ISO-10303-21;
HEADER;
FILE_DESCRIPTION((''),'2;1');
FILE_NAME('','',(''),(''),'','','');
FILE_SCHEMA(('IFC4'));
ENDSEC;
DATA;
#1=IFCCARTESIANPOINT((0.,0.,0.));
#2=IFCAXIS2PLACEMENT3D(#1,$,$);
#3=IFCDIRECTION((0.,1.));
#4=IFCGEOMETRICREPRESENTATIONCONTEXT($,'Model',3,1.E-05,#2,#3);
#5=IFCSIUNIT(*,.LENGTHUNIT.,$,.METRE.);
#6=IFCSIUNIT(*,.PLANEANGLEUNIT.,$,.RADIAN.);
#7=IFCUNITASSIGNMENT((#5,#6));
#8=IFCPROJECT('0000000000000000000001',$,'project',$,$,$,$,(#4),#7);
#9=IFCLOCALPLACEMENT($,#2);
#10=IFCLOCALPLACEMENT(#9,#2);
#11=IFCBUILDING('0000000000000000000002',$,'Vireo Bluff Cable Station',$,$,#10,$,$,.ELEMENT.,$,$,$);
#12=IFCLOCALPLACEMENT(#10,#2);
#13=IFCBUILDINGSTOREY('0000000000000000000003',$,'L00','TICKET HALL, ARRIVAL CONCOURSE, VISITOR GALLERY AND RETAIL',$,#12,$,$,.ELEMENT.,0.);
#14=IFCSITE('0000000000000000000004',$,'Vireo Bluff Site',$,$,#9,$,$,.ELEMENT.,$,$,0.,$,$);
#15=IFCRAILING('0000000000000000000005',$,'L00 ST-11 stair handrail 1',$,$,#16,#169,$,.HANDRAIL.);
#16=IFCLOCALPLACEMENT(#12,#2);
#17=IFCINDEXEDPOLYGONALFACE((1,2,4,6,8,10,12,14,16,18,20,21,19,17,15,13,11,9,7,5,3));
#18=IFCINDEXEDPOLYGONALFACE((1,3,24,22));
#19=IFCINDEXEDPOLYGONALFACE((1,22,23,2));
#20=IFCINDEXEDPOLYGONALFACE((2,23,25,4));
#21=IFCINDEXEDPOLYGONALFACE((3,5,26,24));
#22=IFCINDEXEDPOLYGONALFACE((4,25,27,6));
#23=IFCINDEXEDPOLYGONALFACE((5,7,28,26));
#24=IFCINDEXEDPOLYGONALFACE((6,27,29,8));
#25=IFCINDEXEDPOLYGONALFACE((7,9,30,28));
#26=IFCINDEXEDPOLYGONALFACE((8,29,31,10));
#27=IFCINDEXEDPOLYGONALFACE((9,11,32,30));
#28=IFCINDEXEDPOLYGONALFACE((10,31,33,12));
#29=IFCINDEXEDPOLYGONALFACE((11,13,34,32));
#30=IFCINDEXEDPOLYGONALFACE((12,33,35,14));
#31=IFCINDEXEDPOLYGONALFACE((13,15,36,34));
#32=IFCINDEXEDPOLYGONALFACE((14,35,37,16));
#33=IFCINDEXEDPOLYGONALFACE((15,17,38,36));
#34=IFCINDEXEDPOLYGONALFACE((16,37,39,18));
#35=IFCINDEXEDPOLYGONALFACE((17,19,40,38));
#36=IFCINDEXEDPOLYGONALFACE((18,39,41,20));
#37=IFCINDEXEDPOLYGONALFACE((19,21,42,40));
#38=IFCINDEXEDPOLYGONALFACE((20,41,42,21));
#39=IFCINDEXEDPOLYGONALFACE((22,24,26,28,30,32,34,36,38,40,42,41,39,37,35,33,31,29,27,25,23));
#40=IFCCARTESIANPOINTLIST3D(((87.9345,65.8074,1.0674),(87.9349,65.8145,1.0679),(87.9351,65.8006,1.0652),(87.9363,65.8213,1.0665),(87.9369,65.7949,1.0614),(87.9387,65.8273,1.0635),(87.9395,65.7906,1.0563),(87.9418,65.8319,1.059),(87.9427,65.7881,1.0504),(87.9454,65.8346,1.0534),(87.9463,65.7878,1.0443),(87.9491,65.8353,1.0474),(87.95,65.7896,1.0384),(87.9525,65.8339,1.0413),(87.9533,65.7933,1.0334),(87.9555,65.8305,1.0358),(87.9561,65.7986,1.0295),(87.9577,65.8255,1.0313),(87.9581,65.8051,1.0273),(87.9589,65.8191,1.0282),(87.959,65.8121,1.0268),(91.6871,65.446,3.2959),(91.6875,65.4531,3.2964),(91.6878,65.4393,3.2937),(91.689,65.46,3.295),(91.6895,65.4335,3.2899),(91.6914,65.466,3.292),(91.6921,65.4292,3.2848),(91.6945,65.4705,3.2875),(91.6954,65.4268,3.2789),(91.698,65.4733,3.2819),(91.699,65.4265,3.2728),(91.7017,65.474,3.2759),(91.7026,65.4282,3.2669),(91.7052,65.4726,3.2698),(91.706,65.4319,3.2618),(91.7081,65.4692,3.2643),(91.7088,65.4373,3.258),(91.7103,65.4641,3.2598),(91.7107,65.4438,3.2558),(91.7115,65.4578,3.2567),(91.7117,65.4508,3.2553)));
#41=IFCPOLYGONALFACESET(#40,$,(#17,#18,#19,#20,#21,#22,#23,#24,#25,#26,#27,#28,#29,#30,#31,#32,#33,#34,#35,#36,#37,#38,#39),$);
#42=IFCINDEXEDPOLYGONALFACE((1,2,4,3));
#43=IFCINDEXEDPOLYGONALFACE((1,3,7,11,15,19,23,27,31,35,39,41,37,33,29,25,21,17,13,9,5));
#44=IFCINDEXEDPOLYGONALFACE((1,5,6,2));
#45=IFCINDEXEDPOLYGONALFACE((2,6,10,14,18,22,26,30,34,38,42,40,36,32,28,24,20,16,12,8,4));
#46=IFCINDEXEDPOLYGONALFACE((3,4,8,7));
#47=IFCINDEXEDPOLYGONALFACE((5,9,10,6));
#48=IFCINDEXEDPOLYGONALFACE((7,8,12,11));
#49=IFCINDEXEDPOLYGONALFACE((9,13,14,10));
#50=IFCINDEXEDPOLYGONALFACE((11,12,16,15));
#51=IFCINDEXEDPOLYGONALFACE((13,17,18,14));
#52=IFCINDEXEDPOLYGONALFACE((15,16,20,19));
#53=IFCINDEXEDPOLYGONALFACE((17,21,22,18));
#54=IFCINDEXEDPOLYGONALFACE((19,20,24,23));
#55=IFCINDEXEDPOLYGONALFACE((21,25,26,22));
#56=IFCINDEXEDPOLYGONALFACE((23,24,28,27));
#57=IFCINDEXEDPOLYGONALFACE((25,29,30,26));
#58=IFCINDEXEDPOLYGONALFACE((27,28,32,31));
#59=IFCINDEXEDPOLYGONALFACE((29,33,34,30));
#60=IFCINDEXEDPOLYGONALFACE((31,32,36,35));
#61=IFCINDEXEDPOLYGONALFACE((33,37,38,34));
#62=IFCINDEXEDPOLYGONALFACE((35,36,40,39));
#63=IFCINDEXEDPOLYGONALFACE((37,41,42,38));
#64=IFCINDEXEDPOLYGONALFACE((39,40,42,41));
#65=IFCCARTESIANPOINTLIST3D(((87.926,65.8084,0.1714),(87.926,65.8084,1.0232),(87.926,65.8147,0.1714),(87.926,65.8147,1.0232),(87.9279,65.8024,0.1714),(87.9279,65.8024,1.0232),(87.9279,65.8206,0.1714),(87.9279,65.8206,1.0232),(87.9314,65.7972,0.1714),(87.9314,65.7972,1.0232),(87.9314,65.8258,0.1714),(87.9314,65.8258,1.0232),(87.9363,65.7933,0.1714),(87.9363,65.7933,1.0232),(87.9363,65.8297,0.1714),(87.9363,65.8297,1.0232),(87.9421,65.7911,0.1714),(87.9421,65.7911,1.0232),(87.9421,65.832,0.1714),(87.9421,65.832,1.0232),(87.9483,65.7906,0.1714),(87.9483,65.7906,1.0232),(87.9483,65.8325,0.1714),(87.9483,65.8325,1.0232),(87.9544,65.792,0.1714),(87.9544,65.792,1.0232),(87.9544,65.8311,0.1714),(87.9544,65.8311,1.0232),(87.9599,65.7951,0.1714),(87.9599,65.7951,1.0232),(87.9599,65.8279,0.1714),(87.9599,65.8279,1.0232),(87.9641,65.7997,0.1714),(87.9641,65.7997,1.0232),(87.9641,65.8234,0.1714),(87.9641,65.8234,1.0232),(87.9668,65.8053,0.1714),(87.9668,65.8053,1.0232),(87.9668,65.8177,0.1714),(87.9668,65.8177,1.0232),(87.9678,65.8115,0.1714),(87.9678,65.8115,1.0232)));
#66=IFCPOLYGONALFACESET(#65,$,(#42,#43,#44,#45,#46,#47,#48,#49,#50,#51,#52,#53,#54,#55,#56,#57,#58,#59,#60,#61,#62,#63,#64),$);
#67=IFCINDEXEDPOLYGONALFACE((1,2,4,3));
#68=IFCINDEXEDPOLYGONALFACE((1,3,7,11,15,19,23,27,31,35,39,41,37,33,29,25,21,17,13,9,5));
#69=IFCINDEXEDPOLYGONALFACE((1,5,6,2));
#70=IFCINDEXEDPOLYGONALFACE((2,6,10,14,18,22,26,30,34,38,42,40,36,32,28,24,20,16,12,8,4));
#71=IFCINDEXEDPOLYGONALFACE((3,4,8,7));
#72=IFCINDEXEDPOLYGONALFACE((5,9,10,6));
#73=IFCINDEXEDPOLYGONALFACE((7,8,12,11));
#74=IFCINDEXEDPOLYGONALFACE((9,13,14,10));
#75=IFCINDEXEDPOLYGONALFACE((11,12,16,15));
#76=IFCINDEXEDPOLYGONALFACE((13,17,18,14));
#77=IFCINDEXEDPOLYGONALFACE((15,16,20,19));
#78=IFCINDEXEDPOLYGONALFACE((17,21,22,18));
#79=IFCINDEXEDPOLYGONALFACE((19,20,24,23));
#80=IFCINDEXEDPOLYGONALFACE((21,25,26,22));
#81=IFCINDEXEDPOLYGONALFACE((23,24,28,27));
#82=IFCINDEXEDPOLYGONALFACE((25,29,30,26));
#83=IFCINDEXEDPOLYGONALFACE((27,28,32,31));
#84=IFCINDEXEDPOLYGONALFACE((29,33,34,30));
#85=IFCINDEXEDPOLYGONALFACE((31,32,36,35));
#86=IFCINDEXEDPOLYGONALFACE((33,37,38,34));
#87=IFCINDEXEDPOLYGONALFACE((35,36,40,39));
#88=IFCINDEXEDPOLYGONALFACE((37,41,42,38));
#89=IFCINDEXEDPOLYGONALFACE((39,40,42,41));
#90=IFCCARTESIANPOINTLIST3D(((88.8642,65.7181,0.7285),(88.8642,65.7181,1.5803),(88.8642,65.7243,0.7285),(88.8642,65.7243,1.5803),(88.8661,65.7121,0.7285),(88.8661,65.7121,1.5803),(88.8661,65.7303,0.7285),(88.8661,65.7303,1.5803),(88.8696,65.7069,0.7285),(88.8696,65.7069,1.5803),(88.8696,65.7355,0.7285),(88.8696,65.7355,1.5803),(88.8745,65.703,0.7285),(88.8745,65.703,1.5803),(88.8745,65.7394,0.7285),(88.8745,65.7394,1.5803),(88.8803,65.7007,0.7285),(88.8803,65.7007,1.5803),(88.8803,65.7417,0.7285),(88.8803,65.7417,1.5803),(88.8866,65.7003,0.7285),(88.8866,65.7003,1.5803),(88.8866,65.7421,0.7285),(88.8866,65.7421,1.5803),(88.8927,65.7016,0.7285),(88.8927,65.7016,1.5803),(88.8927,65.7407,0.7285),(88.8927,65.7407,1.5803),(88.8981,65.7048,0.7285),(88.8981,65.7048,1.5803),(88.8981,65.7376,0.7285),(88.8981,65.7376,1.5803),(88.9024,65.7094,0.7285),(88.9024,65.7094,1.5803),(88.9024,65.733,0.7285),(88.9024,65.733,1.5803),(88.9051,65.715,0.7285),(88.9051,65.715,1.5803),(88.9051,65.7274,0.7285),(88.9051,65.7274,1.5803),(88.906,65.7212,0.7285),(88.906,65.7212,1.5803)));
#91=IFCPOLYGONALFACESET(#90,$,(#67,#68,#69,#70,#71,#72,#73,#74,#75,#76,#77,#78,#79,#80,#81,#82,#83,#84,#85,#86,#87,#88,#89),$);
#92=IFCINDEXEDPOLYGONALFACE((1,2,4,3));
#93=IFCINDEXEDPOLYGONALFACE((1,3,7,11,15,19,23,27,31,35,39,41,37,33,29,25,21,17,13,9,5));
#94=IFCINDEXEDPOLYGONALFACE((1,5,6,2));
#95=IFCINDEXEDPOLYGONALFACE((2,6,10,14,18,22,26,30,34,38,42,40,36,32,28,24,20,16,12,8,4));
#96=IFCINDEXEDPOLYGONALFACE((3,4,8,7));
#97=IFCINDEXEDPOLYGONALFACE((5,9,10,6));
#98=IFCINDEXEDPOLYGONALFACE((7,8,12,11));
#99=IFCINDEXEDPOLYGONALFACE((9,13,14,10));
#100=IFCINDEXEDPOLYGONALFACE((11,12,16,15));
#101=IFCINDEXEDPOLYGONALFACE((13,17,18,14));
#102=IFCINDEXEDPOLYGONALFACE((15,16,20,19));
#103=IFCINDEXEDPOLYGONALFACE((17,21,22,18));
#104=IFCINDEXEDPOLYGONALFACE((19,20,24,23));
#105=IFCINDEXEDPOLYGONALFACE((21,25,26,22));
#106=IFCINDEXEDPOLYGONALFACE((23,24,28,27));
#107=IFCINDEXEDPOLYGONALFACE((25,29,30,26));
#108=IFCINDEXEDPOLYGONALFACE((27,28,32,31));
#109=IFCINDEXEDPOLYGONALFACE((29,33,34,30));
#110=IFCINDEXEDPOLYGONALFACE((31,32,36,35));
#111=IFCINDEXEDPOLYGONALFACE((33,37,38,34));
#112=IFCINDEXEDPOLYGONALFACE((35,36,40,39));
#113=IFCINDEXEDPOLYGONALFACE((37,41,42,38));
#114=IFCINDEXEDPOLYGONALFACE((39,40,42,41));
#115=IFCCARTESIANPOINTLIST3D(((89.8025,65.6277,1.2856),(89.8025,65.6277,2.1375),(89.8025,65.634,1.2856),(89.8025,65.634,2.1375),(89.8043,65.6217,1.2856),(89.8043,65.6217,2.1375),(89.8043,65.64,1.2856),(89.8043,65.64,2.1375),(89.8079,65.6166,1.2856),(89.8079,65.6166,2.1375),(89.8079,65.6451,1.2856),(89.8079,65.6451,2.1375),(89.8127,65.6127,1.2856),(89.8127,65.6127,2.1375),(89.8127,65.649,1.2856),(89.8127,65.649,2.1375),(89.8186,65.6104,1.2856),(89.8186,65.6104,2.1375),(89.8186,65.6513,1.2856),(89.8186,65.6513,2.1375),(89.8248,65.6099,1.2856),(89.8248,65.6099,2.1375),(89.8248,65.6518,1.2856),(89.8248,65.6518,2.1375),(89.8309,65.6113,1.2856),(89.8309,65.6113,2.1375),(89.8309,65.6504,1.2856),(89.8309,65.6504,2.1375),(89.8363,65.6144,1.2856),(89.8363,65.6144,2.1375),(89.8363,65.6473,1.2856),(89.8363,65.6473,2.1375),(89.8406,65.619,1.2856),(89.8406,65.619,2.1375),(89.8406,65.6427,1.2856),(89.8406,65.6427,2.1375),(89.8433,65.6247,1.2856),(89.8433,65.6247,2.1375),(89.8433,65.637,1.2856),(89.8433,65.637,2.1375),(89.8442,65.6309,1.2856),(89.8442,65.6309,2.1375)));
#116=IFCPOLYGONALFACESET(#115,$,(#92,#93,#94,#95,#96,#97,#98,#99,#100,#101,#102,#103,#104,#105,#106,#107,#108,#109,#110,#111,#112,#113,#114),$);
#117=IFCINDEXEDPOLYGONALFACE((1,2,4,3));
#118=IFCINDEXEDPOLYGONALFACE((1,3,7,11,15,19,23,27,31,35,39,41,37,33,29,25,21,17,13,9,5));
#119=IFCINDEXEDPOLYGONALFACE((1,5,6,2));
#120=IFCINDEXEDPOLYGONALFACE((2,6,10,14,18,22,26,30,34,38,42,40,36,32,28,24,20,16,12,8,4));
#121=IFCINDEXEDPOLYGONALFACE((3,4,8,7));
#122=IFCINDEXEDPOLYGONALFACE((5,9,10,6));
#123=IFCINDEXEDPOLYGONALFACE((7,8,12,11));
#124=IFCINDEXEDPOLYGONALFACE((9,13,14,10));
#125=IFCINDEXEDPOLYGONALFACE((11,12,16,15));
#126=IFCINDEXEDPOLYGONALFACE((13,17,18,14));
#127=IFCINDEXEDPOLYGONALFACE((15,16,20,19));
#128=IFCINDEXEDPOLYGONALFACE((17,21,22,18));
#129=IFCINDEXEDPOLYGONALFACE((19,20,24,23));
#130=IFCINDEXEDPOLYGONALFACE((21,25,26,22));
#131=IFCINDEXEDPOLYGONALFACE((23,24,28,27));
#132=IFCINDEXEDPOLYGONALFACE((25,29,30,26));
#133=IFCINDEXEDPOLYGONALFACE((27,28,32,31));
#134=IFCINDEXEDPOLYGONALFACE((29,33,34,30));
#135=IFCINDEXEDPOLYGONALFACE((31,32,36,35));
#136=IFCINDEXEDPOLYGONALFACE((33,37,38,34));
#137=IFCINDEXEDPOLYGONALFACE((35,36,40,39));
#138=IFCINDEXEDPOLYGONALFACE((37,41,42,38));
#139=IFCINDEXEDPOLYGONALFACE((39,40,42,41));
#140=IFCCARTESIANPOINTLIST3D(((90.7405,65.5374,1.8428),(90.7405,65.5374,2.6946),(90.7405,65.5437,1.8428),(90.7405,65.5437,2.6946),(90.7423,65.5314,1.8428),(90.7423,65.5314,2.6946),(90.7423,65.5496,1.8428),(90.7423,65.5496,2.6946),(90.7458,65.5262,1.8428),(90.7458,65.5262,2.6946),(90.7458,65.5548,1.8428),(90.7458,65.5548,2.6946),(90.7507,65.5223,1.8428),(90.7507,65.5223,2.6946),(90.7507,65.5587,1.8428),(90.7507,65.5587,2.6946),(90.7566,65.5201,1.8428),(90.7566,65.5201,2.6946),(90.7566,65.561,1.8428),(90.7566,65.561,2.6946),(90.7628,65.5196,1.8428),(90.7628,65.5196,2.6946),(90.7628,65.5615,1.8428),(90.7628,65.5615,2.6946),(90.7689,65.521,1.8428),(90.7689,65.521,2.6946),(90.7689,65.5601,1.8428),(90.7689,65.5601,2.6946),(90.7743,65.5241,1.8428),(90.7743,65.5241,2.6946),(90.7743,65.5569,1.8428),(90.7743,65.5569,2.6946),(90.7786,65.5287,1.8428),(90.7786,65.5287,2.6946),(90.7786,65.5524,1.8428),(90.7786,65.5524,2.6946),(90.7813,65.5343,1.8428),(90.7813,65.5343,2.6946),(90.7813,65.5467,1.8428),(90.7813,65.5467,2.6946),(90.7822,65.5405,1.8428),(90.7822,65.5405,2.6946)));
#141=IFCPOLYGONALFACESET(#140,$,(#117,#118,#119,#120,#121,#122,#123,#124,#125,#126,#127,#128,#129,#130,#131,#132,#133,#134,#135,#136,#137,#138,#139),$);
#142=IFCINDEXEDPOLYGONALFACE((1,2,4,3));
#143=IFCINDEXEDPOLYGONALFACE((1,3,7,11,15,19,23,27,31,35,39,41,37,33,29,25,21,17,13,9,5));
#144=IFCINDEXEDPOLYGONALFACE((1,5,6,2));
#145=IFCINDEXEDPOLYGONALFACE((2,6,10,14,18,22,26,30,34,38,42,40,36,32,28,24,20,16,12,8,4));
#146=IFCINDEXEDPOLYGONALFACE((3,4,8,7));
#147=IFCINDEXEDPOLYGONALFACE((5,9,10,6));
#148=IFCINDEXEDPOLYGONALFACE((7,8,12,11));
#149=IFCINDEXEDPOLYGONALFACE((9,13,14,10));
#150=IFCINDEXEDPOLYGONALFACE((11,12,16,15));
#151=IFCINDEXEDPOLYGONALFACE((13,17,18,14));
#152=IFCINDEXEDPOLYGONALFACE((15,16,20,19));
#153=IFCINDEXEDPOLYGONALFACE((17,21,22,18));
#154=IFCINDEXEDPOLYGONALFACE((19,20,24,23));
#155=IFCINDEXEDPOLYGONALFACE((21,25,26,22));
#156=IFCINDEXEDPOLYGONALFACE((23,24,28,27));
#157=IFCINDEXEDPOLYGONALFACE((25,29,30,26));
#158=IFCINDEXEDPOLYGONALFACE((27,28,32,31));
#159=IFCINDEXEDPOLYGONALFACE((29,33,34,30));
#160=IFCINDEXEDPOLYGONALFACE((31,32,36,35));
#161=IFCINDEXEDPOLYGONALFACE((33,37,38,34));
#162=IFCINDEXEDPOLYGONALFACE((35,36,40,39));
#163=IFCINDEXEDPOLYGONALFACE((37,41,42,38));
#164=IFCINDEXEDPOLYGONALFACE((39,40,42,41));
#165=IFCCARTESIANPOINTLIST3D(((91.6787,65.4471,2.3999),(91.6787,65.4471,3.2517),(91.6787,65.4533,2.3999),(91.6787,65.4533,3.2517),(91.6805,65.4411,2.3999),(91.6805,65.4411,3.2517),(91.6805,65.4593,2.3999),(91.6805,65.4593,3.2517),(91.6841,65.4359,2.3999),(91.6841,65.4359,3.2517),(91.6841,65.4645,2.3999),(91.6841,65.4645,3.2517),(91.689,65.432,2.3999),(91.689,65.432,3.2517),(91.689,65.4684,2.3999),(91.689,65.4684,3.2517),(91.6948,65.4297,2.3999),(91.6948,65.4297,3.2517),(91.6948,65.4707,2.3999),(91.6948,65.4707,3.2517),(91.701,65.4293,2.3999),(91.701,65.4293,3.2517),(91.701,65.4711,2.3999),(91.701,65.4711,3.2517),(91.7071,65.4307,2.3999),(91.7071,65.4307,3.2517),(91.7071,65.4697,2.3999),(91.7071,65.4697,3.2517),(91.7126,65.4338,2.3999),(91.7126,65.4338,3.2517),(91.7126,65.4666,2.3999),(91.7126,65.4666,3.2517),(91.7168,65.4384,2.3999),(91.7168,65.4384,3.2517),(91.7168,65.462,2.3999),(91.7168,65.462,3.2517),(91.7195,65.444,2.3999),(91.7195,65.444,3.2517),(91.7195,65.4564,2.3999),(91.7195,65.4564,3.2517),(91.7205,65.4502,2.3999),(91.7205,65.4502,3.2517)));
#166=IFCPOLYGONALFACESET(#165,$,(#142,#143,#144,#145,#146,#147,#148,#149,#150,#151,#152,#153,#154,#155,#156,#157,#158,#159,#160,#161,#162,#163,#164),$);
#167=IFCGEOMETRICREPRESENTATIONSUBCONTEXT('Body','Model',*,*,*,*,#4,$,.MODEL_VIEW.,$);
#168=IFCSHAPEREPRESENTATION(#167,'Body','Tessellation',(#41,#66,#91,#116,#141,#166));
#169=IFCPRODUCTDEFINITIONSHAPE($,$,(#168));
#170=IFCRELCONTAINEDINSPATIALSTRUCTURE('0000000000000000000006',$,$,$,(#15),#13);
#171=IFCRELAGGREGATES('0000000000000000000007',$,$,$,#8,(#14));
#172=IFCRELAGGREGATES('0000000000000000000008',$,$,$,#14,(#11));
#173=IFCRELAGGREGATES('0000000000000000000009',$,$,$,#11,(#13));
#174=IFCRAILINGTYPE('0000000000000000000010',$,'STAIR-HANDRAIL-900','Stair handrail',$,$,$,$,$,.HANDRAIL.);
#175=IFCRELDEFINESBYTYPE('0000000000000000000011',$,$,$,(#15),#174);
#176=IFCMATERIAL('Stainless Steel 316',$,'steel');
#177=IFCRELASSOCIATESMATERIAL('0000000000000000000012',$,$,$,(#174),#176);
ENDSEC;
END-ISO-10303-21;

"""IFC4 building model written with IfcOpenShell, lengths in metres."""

from ifc_helpers import new_model, si_unit, direction, frame, origin, origin_2d, place, context, subcontext, project, spatial, circle, extrude, material, type_object, element, save


model = new_model("IFC4")

# Units and contexts
model_context = context("Model", 3, precision=1e-05, world=origin(), true_north=direction((0.0, 1.0)))
body_context = subcontext(model_context, "Body", "Model", "MODEL_VIEW")
ifc_project = project(units=[si_unit("LENGTHUNIT", "METRE"), si_unit("PLANEANGLEUNIT", "RADIAN")], contexts=[model_context])

# Site, building, storey
site_placement = place(None, origin())
site = spatial("IfcSite", under=ifc_project, at=site_placement, Name="Vireo Bluff Site", CompositionType="ELEMENT", RefElevation=0.0)
building_placement = place(site_placement, origin())
building = spatial("IfcBuilding", under=site, at=building_placement, Name="Vireo Bluff Cable Station", CompositionType="ELEMENT")
storey_placement = place(building_placement, origin())
storey = spatial("IfcBuildingStorey", under=building, at=storey_placement, Name="L00", Description="TICKET HALL, ARRIVAL CONCOURSE, VISITOR GALLERY AND RETAIL", CompositionType="ELEMENT", Elevation=0.0)

# Railing
ifc_material_1 = material(Name="Stainless Steel 316", Category="steel")
railing_type_1 = type_object("IfcRailingType", Name="STAIR-HANDRAIL-900", Description="Stair handrail", PredefinedType="HANDRAIL", material=ifc_material_1)
railing_1_placement = place(storey_placement, frame((87.9468, 65.8115, 0.1714)))
element("IfcRailing", 1, at=railing_1_placement, inside=storey, type_object=railing_type_1, Name="L00 ST-11 stair handrail 1", PredefinedType="HANDRAIL", context=body_context, shape_type="SweptSolid", body=[
    extrude(circle(Radius=0.0239, at=origin_2d()), frame((0.0, 0.0, 0.876), z_axis=(0.856887, -0.082506, 0.508859), x_axis=(0.095842, 0.995397, 0.0)), (0.0, 0.0, 1.0), 4.3794),
    extrude(circle(Radius=0.021, at=origin_2d()), origin(), (0.0, 0.0, 1.0), 0.8518),
    extrude(circle(Radius=0.021, at=origin_2d()), frame((0.9382, -0.0903, 0.5571)), (0.0, 0.0, 1.0), 0.8518),
    extrude(circle(Radius=0.021, at=origin_2d()), frame((1.8765, -0.1807, 1.1143)), (0.0, 0.0, 1.0), 0.8518),
    extrude(circle(Radius=0.021, at=origin_2d()), frame((2.8145, -0.271, 1.6714)), (0.0, 0.0, 1.0), 0.8518),
    extrude(circle(Radius=0.021, at=origin_2d()), frame((3.7527, -0.3613, 2.2285)), (0.0, 0.0, 1.0), 0.8518),
])

save(model, "model.ifc")
